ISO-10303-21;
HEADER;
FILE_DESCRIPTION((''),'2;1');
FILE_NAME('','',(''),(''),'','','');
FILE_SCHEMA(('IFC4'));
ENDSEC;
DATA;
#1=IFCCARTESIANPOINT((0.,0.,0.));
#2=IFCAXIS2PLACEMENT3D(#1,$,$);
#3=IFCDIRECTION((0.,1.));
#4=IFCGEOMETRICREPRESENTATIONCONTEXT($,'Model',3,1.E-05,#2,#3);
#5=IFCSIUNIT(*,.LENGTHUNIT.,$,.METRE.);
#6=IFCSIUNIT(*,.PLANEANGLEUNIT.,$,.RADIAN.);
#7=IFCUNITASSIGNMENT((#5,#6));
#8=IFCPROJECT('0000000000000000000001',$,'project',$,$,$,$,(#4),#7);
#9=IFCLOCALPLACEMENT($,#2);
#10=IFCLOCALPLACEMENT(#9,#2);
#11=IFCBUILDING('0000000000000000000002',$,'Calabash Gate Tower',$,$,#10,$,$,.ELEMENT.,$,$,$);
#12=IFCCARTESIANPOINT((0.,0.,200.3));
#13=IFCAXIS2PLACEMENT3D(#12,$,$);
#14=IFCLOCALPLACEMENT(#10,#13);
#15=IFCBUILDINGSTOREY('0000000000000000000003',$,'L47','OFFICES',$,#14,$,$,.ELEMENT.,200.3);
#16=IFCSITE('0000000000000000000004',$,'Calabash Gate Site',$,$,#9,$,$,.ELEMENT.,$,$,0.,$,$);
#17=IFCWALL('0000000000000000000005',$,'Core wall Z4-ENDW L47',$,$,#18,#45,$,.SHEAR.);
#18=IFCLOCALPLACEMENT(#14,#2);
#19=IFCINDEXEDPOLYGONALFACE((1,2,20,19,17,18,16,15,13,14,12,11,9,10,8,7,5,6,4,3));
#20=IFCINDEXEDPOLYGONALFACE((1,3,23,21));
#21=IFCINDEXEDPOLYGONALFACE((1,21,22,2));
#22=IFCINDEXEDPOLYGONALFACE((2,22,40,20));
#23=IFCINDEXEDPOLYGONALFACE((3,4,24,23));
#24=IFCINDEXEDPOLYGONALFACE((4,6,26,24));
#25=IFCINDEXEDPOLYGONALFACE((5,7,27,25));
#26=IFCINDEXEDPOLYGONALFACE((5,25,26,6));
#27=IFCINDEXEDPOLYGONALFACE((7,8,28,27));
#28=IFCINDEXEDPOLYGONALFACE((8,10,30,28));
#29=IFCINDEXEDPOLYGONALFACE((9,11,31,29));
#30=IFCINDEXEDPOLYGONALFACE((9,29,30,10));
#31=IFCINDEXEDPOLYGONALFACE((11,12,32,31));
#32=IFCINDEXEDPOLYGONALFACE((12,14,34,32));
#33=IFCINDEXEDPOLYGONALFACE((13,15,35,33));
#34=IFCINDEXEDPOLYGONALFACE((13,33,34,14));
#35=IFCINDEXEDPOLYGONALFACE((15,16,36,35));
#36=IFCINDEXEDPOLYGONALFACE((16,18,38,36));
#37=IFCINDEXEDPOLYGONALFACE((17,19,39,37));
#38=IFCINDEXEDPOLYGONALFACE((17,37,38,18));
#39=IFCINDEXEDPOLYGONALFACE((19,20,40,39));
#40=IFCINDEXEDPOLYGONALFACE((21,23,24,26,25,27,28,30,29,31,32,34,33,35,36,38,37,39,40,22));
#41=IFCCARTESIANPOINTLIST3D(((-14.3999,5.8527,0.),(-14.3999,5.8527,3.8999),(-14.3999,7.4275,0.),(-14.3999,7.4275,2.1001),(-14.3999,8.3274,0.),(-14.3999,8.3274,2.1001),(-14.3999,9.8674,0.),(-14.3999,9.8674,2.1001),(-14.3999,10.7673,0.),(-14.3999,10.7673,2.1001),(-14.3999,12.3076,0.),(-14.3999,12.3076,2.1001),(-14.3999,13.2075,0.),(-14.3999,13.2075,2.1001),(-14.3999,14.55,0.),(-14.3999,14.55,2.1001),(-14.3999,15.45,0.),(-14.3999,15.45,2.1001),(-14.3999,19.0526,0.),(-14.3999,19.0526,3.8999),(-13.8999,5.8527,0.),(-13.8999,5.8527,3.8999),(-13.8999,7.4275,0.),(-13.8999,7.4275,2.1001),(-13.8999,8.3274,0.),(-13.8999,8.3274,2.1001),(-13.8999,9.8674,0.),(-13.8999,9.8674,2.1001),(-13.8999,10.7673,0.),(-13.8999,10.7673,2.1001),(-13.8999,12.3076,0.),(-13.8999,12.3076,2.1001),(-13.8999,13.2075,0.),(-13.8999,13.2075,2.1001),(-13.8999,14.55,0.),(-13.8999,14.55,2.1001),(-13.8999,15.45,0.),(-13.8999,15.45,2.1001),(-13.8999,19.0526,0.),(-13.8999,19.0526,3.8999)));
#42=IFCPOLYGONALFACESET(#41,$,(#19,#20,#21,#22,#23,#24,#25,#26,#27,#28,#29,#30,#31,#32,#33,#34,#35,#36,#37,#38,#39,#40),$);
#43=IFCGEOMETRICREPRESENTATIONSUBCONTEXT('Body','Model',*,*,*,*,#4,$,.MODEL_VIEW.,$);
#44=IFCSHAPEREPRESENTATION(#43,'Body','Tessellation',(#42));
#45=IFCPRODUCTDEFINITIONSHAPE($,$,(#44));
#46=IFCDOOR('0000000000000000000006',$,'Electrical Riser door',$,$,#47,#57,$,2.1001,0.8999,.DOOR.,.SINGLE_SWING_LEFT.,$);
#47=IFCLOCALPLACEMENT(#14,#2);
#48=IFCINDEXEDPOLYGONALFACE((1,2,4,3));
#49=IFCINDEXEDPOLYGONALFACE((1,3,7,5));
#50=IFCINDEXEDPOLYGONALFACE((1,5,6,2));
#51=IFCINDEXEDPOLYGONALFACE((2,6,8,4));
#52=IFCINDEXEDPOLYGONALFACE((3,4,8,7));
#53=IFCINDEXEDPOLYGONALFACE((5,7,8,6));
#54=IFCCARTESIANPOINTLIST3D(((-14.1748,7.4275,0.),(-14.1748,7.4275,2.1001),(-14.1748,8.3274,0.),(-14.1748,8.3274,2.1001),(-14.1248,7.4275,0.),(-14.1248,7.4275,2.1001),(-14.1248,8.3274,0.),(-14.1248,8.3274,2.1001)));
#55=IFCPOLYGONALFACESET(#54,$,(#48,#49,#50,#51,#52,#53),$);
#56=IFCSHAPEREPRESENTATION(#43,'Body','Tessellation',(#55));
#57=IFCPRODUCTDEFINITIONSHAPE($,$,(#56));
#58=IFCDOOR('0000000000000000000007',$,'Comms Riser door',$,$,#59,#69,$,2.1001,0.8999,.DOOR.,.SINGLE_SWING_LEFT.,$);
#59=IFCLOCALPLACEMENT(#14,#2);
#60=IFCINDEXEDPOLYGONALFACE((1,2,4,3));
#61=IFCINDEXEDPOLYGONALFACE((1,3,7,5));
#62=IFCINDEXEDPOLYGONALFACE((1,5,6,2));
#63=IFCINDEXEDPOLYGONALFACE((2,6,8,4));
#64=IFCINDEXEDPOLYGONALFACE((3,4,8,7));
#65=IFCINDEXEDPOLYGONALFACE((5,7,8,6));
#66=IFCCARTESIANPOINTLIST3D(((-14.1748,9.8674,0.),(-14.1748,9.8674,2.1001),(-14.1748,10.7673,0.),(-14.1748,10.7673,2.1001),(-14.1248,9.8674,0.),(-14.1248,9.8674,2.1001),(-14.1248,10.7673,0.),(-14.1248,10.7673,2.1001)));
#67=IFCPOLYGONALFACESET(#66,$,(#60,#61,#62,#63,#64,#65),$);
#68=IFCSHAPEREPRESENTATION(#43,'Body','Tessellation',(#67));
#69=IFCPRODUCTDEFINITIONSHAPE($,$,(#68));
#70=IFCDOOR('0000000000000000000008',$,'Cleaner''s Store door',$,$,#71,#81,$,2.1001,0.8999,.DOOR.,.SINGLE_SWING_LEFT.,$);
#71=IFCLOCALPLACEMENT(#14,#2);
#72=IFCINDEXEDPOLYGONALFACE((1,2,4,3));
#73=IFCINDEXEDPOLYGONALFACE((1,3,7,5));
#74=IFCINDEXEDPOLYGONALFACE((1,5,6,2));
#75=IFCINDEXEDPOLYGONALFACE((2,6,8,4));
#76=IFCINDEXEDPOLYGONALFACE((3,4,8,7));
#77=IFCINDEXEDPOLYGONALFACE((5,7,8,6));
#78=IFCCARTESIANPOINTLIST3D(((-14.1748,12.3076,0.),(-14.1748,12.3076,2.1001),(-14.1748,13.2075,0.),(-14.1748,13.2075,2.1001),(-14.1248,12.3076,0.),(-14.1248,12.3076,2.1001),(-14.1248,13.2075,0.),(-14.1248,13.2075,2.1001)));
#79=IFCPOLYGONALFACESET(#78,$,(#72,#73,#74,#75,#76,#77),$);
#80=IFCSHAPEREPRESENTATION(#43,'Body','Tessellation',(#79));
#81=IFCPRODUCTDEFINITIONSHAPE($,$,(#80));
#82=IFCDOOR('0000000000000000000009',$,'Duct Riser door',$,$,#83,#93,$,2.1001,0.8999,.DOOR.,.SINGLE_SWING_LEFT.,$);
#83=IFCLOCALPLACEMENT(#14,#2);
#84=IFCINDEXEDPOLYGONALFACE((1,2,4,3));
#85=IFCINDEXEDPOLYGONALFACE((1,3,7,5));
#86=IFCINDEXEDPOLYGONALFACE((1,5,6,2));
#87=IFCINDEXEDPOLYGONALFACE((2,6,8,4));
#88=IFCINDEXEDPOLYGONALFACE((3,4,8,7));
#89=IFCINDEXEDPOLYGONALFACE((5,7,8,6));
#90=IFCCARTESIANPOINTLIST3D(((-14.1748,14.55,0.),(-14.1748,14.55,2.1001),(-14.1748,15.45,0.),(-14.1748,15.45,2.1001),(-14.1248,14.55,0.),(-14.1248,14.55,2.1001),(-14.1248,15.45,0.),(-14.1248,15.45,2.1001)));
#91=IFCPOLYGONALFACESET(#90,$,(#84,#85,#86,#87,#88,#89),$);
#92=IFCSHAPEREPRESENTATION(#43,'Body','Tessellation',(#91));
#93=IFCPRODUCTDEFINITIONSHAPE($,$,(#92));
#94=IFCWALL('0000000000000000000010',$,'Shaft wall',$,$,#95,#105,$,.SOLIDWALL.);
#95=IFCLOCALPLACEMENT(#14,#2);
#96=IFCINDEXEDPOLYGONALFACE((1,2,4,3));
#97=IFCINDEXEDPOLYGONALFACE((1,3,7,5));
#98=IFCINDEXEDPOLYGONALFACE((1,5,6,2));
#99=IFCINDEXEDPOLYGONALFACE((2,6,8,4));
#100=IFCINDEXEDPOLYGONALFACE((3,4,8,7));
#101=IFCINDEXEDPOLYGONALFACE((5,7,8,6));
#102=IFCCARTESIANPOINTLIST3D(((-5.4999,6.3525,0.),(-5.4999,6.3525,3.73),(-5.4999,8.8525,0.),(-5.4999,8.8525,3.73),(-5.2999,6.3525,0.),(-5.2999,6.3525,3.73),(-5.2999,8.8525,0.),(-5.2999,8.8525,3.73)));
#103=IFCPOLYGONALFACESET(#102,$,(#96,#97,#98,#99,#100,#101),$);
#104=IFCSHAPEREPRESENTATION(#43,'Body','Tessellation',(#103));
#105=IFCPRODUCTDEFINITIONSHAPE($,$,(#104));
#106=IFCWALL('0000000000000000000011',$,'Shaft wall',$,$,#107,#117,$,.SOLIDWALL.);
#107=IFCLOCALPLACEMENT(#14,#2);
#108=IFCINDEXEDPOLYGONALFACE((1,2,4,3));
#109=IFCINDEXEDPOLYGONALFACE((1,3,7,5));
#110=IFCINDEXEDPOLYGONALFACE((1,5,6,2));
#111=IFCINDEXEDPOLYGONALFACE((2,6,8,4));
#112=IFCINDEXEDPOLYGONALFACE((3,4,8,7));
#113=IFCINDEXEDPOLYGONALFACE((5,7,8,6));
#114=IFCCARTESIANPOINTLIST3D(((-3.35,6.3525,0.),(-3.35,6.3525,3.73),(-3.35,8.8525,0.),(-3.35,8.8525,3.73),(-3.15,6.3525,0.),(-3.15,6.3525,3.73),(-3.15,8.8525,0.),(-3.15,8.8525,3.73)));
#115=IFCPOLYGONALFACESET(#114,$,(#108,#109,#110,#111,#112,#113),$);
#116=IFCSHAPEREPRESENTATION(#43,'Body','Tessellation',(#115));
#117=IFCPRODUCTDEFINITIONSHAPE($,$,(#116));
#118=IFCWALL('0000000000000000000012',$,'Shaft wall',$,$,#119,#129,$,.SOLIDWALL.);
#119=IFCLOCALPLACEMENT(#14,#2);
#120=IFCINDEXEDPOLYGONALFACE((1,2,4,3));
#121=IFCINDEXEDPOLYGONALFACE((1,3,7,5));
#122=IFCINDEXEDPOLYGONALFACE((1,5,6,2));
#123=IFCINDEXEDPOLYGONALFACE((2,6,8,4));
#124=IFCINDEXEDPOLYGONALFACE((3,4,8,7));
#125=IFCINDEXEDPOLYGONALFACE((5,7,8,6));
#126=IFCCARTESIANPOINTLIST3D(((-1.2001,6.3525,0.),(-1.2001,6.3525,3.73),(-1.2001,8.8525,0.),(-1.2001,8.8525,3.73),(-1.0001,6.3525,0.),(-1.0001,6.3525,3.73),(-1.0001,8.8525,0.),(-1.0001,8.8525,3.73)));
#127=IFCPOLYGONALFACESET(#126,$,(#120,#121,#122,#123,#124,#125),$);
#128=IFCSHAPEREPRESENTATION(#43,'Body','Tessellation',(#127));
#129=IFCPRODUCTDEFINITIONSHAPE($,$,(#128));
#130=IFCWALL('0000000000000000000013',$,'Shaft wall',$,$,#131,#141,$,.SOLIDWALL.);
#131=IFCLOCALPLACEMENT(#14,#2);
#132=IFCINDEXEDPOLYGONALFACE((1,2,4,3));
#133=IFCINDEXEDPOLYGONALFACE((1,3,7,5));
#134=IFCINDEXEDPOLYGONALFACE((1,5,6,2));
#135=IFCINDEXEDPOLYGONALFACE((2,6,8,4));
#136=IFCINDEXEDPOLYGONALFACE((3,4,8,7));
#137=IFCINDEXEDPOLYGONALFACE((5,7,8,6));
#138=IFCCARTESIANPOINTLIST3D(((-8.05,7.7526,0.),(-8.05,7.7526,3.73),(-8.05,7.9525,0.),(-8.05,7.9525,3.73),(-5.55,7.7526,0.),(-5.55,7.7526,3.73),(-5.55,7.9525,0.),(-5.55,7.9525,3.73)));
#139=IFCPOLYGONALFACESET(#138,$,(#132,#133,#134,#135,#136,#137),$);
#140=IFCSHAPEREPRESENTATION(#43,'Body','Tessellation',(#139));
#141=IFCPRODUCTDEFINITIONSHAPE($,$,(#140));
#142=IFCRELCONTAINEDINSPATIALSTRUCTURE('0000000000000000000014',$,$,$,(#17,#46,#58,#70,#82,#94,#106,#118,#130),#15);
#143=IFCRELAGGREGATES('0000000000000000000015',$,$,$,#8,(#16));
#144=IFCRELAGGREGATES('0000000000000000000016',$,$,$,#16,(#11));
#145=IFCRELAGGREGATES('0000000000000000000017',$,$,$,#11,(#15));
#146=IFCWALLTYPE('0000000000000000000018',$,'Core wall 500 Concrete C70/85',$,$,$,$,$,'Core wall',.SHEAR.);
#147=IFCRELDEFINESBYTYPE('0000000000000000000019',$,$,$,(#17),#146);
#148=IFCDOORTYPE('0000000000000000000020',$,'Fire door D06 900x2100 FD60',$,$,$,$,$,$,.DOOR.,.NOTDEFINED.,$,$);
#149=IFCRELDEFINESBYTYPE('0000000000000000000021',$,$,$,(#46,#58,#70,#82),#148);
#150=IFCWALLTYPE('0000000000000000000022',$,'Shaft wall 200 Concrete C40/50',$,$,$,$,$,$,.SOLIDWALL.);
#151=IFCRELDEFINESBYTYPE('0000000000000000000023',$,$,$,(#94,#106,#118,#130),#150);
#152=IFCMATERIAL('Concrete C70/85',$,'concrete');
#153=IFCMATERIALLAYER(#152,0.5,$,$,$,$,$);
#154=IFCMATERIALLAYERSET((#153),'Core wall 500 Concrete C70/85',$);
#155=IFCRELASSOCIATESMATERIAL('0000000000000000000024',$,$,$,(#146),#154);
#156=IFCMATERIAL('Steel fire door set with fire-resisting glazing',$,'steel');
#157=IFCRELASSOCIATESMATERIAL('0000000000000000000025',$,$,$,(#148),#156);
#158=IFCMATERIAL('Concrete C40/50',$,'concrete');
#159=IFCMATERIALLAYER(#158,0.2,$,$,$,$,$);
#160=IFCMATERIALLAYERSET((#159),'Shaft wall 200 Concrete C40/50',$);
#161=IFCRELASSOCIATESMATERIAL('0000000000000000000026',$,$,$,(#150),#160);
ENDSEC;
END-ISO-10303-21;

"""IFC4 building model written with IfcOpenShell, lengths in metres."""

from ifc_helpers import new_model, si_unit, direction, frame, frame_2d, origin, place, context, subcontext, project, spatial, rectangle, extrude, material, layer, layer_set, type_object, element, fill, save


model = new_model("IFC4")

# Units and contexts
model_context = context("Model", 3, precision=1e-05, world=origin(), true_north=direction((0.0, 1.0)))
body_context = subcontext(model_context, "Body", "Model", "MODEL_VIEW")
ifc_project = project(units=[si_unit("LENGTHUNIT", "METRE"), si_unit("PLANEANGLEUNIT", "RADIAN")], contexts=[model_context])

# Site, building, storey
site_placement = place(None, origin())
site = spatial("IfcSite", under=ifc_project, at=site_placement, Name="Calabash Gate Site", CompositionType="ELEMENT", RefElevation=0.0)
building_placement = place(site_placement, origin())
building = spatial("IfcBuilding", under=site, at=building_placement, Name="Calabash Gate Tower", CompositionType="ELEMENT")
storey_placement = place(building_placement, frame((0.0, 0.0, 200.3)))
storey = spatial("IfcBuildingStorey", under=building, at=storey_placement, Name="L47", Description="OFFICES", CompositionType="ELEMENT", Elevation=200.3)

# Shared definitions
ifc_material_1 = material(Name="Concrete C70/85", Category="concrete")
ifc_layer_1 = layer(ifc_material_1, 0.5)
ifc_layer_set_1 = layer_set([ifc_layer_1], Name="Core wall 500 Concrete C70/85")
wall_type_1 = type_object("IfcWallType", Name="Core wall 500 Concrete C70/85", ElementType="Core wall", PredefinedType="SHEAR", material=ifc_layer_set_1)

# Wall, openings, doors
wall_1_placement = place(storey_placement, frame((-14.1499, 5.8525, 0.0), z_axis=(0.0, 0.0, 1.0), x_axis=(0.0, 1.0, 0.0)))
wall_1 = element("IfcWall", 1, at=wall_1_placement, inside=storey, type_object=wall_type_1, Name="Core wall Z4-ENDW L47", PredefinedType="SHEAR", context=body_context, shape_type="SweptSolid", body=[
    extrude(rectangle(XDim=13.2, YDim=0.5, at=frame_2d((6.6001, 0.0))), origin(), (0.0, 0.0, 1.0), 3.8999),
])
opening_1_placement = place(wall_1_placement, frame((1.575, 0.0, 0.0)))
opening_1 = element("IfcOpeningElement", 2, at=opening_1_placement, cuts=wall_1, PredefinedType="OPENING", context=body_context, shape_type="SweptSolid", body=[
    extrude(rectangle(XDim=0.8999, YDim=2.1001, at=frame_2d((0.45, 1.05))), frame((0.0, 0.26, 0.0), z_axis=(0.0, -1.0, 0.0), x_axis=(1.0, 0.0, 0.0)), (0.0, 0.0, 1.0), 0.52),
])
opening_2_placement = place(wall_1_placement, frame((4.0149, 0.0, 0.0)))
opening_2 = element("IfcOpeningElement", 3, at=opening_2_placement, cuts=wall_1, PredefinedType="OPENING", context=body_context, shape_type="SweptSolid", body=[
    extrude(rectangle(XDim=0.8999, YDim=2.1001, at=frame_2d((0.45, 1.05))), frame((0.0, 0.26, 0.0), z_axis=(0.0, -1.0, 0.0), x_axis=(1.0, 0.0, 0.0)), (0.0, 0.0, 1.0), 0.52),
])
opening_3_placement = place(wall_1_placement, frame((6.4551, 0.0, 0.0)))
opening_3 = element("IfcOpeningElement", 4, at=opening_3_placement, cuts=wall_1, PredefinedType="OPENING", context=body_context, shape_type="SweptSolid", body=[
    extrude(rectangle(XDim=0.8999, YDim=2.1001, at=frame_2d((0.45, 1.05))), frame((0.0, 0.26, 0.0), z_axis=(0.0, -1.0, 0.0), x_axis=(1.0, 0.0, 0.0)), (0.0, 0.0, 1.0), 0.52),
])
opening_4_placement = place(wall_1_placement, frame((8.6975, 0.0, 0.0)))
opening_4 = element("IfcOpeningElement", 5, at=opening_4_placement, cuts=wall_1, PredefinedType="OPENING", context=body_context, shape_type="SweptSolid", body=[
    extrude(rectangle(XDim=0.8999, YDim=2.1001, at=frame_2d((0.45, 1.05))), frame((0.0, 0.26, 0.0), z_axis=(0.0, -1.0, 0.0), x_axis=(1.0, 0.0, 0.0)), (0.0, 0.0, 1.0), 0.52),
])
ifc_material_2 = material(Name="Steel fire door set with fire-resisting glazing", Category="steel")
door_type_1 = type_object("IfcDoorType", Name="Fire door D06 900x2100 FD60", OperationType="NOTDEFINED", PredefinedType="DOOR", material=ifc_material_2)
door_1_placement = place(opening_1_placement, origin())
door_1 = element("IfcDoor", 6, at=door_1_placement, inside=storey, type_object=door_type_1, Name="Electrical Riser door", OperationType="SINGLE_SWING_LEFT", OverallHeight=2.1001, OverallWidth=0.8999, PredefinedType="DOOR", context=body_context, shape_type="SweptSolid", body=[
    extrude(rectangle(XDim=0.8999, YDim=2.1001, at=frame_2d((0.45, 1.05))), frame((0.0, 0.0249, 0.0), z_axis=(0.0, -1.0, 0.0), x_axis=(1.0, 0.0, 0.0)), (0.0, 0.0, 1.0), 0.05),
])
fill(opening_1, door_1)
door_2_placement = place(opening_2_placement, origin())
door_2 = element("IfcDoor", 7, at=door_2_placement, inside=storey, type_object=door_type_1, Name="Comms Riser door", OperationType="SINGLE_SWING_LEFT", OverallHeight=2.1001, OverallWidth=0.8999, PredefinedType="DOOR", context=body_context, shape_type="SweptSolid", body=[
    extrude(rectangle(XDim=0.8999, YDim=2.1001, at=frame_2d((0.45, 1.05))), frame((0.0, 0.0249, 0.0), z_axis=(0.0, -1.0, 0.0), x_axis=(1.0, 0.0, 0.0)), (0.0, 0.0, 1.0), 0.05),
])
fill(opening_2, door_2)
door_3_placement = place(opening_3_placement, origin())
door_3 = element("IfcDoor", 8, at=door_3_placement, inside=storey, type_object=door_type_1, Name="Cleaner's Store door", OperationType="SINGLE_SWING_LEFT", OverallHeight=2.1001, OverallWidth=0.8999, PredefinedType="DOOR", context=body_context, shape_type="SweptSolid", body=[
    extrude(rectangle(XDim=0.8999, YDim=2.1001, at=frame_2d((0.45, 1.05))), frame((0.0, 0.0249, 0.0), z_axis=(0.0, -1.0, 0.0), x_axis=(1.0, 0.0, 0.0)), (0.0, 0.0, 1.0), 0.05),
])
fill(opening_3, door_3)
door_4_placement = place(opening_4_placement, origin())
door_4 = element("IfcDoor", 9, at=door_4_placement, inside=storey, type_object=door_type_1, Name="Duct Riser door", OperationType="SINGLE_SWING_LEFT", OverallHeight=2.1001, OverallWidth=0.8999, PredefinedType="DOOR", context=body_context, shape_type="SweptSolid", body=[
    extrude(rectangle(XDim=0.8999, YDim=2.1001, at=frame_2d((0.45, 1.05))), frame((0.0, 0.0249, 0.0), z_axis=(0.0, -1.0, 0.0), x_axis=(1.0, 0.0, 0.0)), (0.0, 0.0, 1.0), 0.05),
])
fill(opening_4, door_4)

# Walls
ifc_material_3 = material(Name="Concrete C40/50", Category="concrete")
ifc_layer_2 = layer(ifc_material_3, 0.2)
ifc_layer_set_2 = layer_set([ifc_layer_2], Name="Shaft wall 200 Concrete C40/50")
wall_type_2 = type_object("IfcWallType", Name="Shaft wall 200 Concrete C40/50", PredefinedType="SOLIDWALL", material=ifc_layer_set_2)
for number, where, z_axis, x_axis, name in (
    (10, (-5.3999, 6.3525, 0.0), (0.0, 0.0, 1.0), (0.0, 1.0, 0.0), "Shaft wall"),
    (11, (-3.25, 6.3525, 0.0), (0.0, 0.0, 1.0), (0.0, 1.0, 0.0), "Shaft wall"),
    (12, (-1.1001, 6.3525, 0.0), (0.0, 0.0, 1.0), (0.0, 1.0, 0.0), "Shaft wall"),
    (13, (-8.05, 7.8525, 0.0), (0.0, 0.0, 1.0), (1.0, 0.0, 0.0), "Shaft wall"),
):
    element("IfcWall", number, at=place(storey_placement, frame(where, z_axis=z_axis, x_axis=x_axis)), inside=storey, type_object=wall_type_2, Name=name, PredefinedType="SOLIDWALL", context=body_context, shape_type="SweptSolid", body=[
        extrude(rectangle(XDim=2.5, YDim=0.2, at=frame_2d((1.25, 0.0))), origin(), (0.0, 0.0, 1.0), 3.73),
    ])

save(model, "model.ifc")
